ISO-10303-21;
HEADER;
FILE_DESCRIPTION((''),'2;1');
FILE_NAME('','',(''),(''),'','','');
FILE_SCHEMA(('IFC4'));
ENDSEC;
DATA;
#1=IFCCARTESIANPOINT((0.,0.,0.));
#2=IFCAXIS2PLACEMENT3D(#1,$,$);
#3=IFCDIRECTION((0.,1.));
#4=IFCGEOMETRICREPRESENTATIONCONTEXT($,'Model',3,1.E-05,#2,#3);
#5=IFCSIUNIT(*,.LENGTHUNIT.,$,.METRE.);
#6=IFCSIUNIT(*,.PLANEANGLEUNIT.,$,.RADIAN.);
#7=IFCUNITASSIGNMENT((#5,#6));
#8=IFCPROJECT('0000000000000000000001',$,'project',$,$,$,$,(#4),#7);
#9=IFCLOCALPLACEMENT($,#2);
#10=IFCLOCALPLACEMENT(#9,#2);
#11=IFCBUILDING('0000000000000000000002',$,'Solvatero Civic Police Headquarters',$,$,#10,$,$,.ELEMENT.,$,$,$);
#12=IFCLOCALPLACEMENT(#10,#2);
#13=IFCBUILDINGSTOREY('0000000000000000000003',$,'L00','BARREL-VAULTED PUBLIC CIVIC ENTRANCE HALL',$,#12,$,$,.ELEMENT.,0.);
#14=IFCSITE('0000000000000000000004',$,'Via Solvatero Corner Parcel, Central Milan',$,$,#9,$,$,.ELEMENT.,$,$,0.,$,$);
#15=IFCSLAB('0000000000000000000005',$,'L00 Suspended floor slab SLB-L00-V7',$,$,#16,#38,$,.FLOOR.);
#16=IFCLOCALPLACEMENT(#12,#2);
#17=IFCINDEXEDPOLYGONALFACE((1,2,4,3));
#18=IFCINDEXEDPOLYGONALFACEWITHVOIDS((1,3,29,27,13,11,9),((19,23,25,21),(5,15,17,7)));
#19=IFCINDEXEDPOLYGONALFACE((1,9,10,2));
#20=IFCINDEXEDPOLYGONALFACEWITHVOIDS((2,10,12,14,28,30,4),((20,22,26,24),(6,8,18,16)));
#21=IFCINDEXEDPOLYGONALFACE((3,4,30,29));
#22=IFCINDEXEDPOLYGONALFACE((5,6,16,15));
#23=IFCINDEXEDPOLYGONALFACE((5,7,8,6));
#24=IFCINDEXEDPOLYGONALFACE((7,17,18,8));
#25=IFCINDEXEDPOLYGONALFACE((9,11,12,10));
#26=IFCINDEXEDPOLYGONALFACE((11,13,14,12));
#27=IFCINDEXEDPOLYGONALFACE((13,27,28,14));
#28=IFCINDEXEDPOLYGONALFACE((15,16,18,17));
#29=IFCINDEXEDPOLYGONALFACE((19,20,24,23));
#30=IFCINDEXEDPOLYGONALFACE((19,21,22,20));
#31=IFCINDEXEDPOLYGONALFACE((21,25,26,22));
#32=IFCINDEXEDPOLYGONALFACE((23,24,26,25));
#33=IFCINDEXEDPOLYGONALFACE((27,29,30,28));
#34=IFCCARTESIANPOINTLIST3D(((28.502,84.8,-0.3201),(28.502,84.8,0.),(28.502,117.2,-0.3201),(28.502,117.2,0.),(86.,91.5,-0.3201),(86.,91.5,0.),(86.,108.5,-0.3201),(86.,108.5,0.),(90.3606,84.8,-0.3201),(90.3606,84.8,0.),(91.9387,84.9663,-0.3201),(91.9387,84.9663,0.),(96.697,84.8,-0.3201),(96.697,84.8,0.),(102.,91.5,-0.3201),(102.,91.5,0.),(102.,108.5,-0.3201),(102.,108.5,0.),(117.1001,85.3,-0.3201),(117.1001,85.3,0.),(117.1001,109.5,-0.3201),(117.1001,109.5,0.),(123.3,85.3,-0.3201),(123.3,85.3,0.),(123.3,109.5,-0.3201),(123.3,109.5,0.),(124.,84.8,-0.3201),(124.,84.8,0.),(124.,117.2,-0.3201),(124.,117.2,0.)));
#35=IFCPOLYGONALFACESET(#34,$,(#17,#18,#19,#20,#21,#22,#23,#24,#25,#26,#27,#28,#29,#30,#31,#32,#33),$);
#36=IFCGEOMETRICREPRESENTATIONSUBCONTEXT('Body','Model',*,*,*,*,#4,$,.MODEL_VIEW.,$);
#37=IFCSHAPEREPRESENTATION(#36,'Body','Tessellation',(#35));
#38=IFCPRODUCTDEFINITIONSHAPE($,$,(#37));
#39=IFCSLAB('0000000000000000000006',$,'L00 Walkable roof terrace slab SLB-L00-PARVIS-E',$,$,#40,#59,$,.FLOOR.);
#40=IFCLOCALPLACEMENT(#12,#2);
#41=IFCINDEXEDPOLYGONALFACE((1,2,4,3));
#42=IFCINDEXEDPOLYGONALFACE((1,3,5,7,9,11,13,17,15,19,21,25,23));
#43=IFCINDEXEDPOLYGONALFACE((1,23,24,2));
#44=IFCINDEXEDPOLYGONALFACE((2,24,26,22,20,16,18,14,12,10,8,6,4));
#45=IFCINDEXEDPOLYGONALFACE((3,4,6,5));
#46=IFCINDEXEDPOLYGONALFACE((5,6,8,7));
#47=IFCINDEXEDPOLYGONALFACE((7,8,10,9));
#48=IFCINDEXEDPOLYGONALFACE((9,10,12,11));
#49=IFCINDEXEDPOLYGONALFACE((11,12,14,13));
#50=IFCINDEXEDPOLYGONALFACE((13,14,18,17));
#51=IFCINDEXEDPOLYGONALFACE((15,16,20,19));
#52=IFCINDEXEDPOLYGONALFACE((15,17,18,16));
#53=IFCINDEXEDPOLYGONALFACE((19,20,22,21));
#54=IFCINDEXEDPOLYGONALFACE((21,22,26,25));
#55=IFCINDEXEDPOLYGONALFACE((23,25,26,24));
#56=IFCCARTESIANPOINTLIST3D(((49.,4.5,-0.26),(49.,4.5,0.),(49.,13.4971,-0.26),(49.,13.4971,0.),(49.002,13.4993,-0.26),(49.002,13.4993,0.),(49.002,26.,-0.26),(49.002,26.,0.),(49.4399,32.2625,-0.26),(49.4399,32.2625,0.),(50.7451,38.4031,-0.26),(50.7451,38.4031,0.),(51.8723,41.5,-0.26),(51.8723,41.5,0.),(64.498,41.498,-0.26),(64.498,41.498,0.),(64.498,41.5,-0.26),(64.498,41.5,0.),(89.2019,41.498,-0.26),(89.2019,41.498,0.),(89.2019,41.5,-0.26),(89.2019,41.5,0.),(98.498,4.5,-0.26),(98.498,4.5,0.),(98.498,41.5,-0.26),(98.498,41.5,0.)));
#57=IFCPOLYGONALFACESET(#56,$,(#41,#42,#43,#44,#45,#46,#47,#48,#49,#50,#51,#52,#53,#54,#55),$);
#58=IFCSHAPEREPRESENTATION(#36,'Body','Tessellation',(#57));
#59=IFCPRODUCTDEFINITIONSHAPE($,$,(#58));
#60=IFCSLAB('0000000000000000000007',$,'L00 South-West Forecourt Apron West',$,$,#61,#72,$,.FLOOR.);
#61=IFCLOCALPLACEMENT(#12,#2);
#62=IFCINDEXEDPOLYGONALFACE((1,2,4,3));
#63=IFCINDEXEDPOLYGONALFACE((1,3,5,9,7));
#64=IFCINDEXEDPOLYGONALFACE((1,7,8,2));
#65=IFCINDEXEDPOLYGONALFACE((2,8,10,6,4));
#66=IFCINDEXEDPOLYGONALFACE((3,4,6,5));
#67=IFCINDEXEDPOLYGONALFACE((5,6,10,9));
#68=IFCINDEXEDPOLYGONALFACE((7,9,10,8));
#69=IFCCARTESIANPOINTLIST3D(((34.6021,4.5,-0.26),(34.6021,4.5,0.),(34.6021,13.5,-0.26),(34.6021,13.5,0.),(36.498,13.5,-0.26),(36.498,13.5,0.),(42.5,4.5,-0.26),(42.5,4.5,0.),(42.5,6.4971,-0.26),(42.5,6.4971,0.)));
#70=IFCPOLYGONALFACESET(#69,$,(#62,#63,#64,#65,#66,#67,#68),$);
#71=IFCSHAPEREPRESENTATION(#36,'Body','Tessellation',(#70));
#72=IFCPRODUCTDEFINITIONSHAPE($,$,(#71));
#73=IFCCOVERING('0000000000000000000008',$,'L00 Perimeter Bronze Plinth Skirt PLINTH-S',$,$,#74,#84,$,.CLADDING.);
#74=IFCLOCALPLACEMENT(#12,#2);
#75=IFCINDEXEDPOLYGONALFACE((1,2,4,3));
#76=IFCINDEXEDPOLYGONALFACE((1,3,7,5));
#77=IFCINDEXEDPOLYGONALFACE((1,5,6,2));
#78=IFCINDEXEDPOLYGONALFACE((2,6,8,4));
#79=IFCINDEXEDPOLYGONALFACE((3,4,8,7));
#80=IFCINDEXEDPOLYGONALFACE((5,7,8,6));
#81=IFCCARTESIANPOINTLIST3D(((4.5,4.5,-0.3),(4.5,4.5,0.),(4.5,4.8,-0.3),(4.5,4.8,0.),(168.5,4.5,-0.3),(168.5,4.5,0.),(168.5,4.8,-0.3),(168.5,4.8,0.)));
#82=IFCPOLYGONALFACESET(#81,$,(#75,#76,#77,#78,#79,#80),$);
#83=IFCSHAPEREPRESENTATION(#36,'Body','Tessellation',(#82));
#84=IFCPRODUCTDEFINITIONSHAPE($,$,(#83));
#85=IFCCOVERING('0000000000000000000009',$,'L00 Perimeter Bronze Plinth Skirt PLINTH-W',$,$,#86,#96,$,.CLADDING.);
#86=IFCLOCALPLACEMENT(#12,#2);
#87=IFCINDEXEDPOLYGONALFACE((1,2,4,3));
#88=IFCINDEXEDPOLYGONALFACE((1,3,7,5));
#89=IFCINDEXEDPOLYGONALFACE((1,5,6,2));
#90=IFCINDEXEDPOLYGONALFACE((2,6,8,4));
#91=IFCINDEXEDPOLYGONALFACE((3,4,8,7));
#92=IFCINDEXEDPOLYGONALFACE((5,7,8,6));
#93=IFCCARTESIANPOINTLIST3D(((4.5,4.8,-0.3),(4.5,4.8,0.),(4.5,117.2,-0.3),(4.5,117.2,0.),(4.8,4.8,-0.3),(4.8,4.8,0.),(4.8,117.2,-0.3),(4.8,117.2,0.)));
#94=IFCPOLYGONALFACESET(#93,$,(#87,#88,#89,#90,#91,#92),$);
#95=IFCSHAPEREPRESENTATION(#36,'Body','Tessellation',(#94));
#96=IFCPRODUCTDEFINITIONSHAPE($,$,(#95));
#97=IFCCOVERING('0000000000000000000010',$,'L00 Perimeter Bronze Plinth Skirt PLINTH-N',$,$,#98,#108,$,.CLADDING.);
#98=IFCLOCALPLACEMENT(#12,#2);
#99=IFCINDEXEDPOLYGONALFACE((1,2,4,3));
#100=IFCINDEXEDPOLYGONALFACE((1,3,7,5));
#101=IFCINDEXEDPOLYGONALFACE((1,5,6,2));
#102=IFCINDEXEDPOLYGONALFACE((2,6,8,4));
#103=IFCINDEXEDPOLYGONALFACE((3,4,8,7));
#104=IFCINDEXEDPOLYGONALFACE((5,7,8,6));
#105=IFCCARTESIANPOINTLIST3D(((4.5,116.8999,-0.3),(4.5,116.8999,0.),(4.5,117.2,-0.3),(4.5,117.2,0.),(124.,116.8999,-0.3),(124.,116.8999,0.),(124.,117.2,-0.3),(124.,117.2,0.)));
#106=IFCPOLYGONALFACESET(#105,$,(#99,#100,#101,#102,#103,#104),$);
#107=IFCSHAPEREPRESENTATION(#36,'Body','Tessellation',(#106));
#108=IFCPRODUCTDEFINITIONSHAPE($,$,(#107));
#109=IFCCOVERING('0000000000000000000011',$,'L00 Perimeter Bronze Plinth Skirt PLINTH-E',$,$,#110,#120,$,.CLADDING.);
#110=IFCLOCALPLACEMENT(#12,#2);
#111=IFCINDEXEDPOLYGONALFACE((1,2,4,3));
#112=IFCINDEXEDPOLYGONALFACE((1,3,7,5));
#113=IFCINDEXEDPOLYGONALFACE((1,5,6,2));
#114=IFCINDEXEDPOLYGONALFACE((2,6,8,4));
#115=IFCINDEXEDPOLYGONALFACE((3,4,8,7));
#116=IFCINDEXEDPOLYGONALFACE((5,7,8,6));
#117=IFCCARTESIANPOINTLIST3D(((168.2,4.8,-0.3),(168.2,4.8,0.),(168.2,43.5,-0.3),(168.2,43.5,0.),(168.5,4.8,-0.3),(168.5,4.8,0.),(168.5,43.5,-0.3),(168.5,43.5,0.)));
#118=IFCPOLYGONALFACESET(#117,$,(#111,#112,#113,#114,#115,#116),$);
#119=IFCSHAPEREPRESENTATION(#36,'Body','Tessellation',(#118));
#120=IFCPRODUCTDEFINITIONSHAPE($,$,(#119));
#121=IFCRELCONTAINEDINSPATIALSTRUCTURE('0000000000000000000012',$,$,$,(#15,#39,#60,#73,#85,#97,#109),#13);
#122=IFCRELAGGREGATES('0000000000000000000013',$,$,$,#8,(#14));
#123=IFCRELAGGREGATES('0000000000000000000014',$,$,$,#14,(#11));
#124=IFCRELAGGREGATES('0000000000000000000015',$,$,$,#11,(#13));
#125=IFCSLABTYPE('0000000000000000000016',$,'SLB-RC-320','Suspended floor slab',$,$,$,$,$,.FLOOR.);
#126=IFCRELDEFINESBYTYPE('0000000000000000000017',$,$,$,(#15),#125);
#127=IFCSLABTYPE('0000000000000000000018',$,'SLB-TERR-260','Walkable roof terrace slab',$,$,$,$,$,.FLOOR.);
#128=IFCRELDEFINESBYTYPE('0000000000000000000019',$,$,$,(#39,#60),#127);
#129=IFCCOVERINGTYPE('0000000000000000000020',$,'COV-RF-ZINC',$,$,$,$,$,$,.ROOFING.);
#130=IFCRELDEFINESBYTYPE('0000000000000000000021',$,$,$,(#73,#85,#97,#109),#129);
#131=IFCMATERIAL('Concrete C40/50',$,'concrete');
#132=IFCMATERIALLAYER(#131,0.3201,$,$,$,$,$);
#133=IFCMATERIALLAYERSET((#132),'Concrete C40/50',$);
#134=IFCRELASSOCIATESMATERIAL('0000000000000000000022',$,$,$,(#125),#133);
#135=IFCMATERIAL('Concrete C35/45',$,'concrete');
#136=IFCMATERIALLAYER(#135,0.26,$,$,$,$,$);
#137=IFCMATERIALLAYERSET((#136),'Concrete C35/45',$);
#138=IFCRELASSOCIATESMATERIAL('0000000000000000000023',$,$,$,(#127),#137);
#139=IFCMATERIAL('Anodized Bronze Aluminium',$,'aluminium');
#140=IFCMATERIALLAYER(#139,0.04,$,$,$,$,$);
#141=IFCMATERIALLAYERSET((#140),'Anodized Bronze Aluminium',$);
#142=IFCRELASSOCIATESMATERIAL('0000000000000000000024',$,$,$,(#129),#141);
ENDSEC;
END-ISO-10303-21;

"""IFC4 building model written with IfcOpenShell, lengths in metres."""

from ifc_helpers import new_model, si_unit, direction, frame, origin, place, context, subcontext, project, spatial, polyline, outline, extrude, material, layer, layer_set, type_object, element, save


model = new_model("IFC4")

# Units and contexts
model_context = context("Model", 3, precision=1e-05, world=origin(), true_north=direction((0.0, 1.0)))
body_context = subcontext(model_context, "Body", "Model", "MODEL_VIEW")
ifc_project = project(units=[si_unit("LENGTHUNIT", "METRE"), si_unit("PLANEANGLEUNIT", "RADIAN")], contexts=[model_context])

# Site, building, storey
site_placement = place(None, origin())
site = spatial("IfcSite", under=ifc_project, at=site_placement, Name="Via Solvatero Corner Parcel, Central Milan", CompositionType="ELEMENT", RefElevation=0.0)
building_placement = place(site_placement, origin())
building = spatial("IfcBuilding", under=site, at=building_placement, Name="Solvatero Civic Police Headquarters", CompositionType="ELEMENT")
storey_placement = place(building_placement, origin())
storey = spatial("IfcBuildingStorey", under=building, at=storey_placement, Name="L00", Description="BARREL-VAULTED PUBLIC CIVIC ENTRANCE HALL", CompositionType="ELEMENT", Elevation=0.0)

# Slabs
ifc_material_1 = material(Name="Concrete C40/50", Category="concrete")
ifc_layer_1 = layer(ifc_material_1, 0.3201)
ifc_layer_set_1 = layer_set([ifc_layer_1], Name="Concrete C40/50")
slab_type_1 = type_object("IfcSlabType", Name="SLB-RC-320", Description="Suspended floor slab", PredefinedType="FLOOR", material=ifc_layer_set_1)
slab_1_placement = place(storey_placement, frame((0.0, 0.0, -0.3201)))
element("IfcSlab", 1, at=slab_1_placement, inside=storey, type_object=slab_type_1, Name="L00 Suspended floor slab SLB-L00-V7", PredefinedType="FLOOR", context=body_context, shape_type="SweptSolid", body=[
    extrude(outline(polyline([(124.0, 117.2), (124.0, 84.8), (96.697, 84.8), (91.9387, 84.9663), (90.3606, 84.8), (28.502, 84.8), (28.502, 117.2), (124.0, 117.2)]), holes=[polyline([(86.0, 108.5), (86.0, 91.5), (102.0, 91.5), (102.0, 108.5), (86.0, 108.5)]), polyline([(123.3, 109.5), (117.1001, 109.5), (117.1001, 85.3), (123.3, 85.3), (123.3, 109.5)])]), origin(), (0.0, 0.0, 1.0), 0.3201),
])
ifc_material_2 = material(Name="Concrete C35/45", Category="concrete")
ifc_layer_2 = layer(ifc_material_2, 0.26)
ifc_layer_set_2 = layer_set([ifc_layer_2], Name="Concrete C35/45")
slab_type_2 = type_object("IfcSlabType", Name="SLB-TERR-260", Description="Walkable roof terrace slab", PredefinedType="FLOOR", material=ifc_layer_set_2)
slab_2_placement = place(storey_placement, frame((0.0, 0.0, -0.26)))
element("IfcSlab", 2, at=slab_2_placement, inside=storey, type_object=slab_type_2, Name="L00 Walkable roof terrace slab SLB-L00-PARVIS-E", PredefinedType="FLOOR", context=body_context, shape_type="SweptSolid", body=[
    extrude(outline(polyline([(49.0, 13.4971), (49.002, 13.4993), (49.002, 26.0), (49.4399, 32.2625), (50.7451, 38.4031), (51.8723, 41.5), (64.498, 41.5), (64.498, 41.498), (89.2019, 41.498), (89.2019, 41.5), (98.498, 41.5), (98.498, 4.5), (49.0, 4.5), (49.0, 13.4971)])), origin(), (0.0, 0.0, 1.0), 0.26),
])
slab_3_placement = place(storey_placement, frame((0.0, 0.0, -0.26)))
element("IfcSlab", 3, at=slab_3_placement, inside=storey, type_object=slab_type_2, Name="L00 South-West Forecourt Apron West", PredefinedType="FLOOR", context=body_context, shape_type="SweptSolid", body=[
    extrude(outline(polyline([(36.498, 13.5), (42.5, 6.4971), (42.5, 4.5), (34.6021, 4.5), (34.6021, 13.5), (36.498, 13.5)])), origin(), (0.0, 0.0, 1.0), 0.26),
])

# Coverings
ifc_material_3 = material(Name="Anodized Bronze Aluminium", Category="aluminium")
ifc_layer_3 = layer(ifc_material_3, 0.04)
ifc_layer_set_3 = layer_set([ifc_layer_3], Name="Anodized Bronze Aluminium")
covering_type = type_object("IfcCoveringType", Name="COV-RF-ZINC", PredefinedType="ROOFING", material=ifc_layer_set_3)
covering_1_placement = place(storey_placement, frame((0.0, 0.0, -0.3)))
element("IfcCovering", 4, at=covering_1_placement, inside=storey, type_object=covering_type, Name="L00 Perimeter Bronze Plinth Skirt PLINTH-S", PredefinedType="CLADDING", context=body_context, shape_type="SweptSolid", body=[
    extrude(outline(polyline([(4.5, 4.5), (168.5, 4.5), (168.5, 4.8), (4.5, 4.8), (4.5, 4.5)])), origin(), (0.0, 0.0, 1.0), 0.3),
])
covering_2_placement = place(storey_placement, frame((0.0, 0.0, -0.3)))
element("IfcCovering", 5, at=covering_2_placement, inside=storey, type_object=covering_type, Name="L00 Perimeter Bronze Plinth Skirt PLINTH-W", PredefinedType="CLADDING", context=body_context, shape_type="SweptSolid", body=[
    extrude(outline(polyline([(4.5, 4.8), (4.8, 4.8), (4.8, 117.2), (4.5, 117.2), (4.5, 4.8)])), origin(), (0.0, 0.0, 1.0), 0.3),
])
covering_3_placement = place(storey_placement, frame((0.0, 0.0, -0.3)))
element("IfcCovering", 6, at=covering_3_placement, inside=storey, type_object=covering_type, Name="L00 Perimeter Bronze Plinth Skirt PLINTH-N", PredefinedType="CLADDING", context=body_context, shape_type="SweptSolid", body=[
    extrude(outline(polyline([(4.5, 116.8999), (124.0, 116.8999), (124.0, 117.2), (4.5, 117.2), (4.5, 116.8999)])), origin(), (0.0, 0.0, 1.0), 0.3),
])
covering_4_placement = place(storey_placement, frame((0.0, 0.0, -0.3)))
element("IfcCovering", 7, at=covering_4_placement, inside=storey, type_object=covering_type, Name="L00 Perimeter Bronze Plinth Skirt PLINTH-E", PredefinedType="CLADDING", context=body_context, shape_type="SweptSolid", body=[
    extrude(outline(polyline([(168.2, 4.8), (168.5, 4.8), (168.5, 43.5), (168.2, 43.5), (168.2, 4.8)])), origin(), (0.0, 0.0, 1.0), 0.3),
])

save(model, "model.ifc")
